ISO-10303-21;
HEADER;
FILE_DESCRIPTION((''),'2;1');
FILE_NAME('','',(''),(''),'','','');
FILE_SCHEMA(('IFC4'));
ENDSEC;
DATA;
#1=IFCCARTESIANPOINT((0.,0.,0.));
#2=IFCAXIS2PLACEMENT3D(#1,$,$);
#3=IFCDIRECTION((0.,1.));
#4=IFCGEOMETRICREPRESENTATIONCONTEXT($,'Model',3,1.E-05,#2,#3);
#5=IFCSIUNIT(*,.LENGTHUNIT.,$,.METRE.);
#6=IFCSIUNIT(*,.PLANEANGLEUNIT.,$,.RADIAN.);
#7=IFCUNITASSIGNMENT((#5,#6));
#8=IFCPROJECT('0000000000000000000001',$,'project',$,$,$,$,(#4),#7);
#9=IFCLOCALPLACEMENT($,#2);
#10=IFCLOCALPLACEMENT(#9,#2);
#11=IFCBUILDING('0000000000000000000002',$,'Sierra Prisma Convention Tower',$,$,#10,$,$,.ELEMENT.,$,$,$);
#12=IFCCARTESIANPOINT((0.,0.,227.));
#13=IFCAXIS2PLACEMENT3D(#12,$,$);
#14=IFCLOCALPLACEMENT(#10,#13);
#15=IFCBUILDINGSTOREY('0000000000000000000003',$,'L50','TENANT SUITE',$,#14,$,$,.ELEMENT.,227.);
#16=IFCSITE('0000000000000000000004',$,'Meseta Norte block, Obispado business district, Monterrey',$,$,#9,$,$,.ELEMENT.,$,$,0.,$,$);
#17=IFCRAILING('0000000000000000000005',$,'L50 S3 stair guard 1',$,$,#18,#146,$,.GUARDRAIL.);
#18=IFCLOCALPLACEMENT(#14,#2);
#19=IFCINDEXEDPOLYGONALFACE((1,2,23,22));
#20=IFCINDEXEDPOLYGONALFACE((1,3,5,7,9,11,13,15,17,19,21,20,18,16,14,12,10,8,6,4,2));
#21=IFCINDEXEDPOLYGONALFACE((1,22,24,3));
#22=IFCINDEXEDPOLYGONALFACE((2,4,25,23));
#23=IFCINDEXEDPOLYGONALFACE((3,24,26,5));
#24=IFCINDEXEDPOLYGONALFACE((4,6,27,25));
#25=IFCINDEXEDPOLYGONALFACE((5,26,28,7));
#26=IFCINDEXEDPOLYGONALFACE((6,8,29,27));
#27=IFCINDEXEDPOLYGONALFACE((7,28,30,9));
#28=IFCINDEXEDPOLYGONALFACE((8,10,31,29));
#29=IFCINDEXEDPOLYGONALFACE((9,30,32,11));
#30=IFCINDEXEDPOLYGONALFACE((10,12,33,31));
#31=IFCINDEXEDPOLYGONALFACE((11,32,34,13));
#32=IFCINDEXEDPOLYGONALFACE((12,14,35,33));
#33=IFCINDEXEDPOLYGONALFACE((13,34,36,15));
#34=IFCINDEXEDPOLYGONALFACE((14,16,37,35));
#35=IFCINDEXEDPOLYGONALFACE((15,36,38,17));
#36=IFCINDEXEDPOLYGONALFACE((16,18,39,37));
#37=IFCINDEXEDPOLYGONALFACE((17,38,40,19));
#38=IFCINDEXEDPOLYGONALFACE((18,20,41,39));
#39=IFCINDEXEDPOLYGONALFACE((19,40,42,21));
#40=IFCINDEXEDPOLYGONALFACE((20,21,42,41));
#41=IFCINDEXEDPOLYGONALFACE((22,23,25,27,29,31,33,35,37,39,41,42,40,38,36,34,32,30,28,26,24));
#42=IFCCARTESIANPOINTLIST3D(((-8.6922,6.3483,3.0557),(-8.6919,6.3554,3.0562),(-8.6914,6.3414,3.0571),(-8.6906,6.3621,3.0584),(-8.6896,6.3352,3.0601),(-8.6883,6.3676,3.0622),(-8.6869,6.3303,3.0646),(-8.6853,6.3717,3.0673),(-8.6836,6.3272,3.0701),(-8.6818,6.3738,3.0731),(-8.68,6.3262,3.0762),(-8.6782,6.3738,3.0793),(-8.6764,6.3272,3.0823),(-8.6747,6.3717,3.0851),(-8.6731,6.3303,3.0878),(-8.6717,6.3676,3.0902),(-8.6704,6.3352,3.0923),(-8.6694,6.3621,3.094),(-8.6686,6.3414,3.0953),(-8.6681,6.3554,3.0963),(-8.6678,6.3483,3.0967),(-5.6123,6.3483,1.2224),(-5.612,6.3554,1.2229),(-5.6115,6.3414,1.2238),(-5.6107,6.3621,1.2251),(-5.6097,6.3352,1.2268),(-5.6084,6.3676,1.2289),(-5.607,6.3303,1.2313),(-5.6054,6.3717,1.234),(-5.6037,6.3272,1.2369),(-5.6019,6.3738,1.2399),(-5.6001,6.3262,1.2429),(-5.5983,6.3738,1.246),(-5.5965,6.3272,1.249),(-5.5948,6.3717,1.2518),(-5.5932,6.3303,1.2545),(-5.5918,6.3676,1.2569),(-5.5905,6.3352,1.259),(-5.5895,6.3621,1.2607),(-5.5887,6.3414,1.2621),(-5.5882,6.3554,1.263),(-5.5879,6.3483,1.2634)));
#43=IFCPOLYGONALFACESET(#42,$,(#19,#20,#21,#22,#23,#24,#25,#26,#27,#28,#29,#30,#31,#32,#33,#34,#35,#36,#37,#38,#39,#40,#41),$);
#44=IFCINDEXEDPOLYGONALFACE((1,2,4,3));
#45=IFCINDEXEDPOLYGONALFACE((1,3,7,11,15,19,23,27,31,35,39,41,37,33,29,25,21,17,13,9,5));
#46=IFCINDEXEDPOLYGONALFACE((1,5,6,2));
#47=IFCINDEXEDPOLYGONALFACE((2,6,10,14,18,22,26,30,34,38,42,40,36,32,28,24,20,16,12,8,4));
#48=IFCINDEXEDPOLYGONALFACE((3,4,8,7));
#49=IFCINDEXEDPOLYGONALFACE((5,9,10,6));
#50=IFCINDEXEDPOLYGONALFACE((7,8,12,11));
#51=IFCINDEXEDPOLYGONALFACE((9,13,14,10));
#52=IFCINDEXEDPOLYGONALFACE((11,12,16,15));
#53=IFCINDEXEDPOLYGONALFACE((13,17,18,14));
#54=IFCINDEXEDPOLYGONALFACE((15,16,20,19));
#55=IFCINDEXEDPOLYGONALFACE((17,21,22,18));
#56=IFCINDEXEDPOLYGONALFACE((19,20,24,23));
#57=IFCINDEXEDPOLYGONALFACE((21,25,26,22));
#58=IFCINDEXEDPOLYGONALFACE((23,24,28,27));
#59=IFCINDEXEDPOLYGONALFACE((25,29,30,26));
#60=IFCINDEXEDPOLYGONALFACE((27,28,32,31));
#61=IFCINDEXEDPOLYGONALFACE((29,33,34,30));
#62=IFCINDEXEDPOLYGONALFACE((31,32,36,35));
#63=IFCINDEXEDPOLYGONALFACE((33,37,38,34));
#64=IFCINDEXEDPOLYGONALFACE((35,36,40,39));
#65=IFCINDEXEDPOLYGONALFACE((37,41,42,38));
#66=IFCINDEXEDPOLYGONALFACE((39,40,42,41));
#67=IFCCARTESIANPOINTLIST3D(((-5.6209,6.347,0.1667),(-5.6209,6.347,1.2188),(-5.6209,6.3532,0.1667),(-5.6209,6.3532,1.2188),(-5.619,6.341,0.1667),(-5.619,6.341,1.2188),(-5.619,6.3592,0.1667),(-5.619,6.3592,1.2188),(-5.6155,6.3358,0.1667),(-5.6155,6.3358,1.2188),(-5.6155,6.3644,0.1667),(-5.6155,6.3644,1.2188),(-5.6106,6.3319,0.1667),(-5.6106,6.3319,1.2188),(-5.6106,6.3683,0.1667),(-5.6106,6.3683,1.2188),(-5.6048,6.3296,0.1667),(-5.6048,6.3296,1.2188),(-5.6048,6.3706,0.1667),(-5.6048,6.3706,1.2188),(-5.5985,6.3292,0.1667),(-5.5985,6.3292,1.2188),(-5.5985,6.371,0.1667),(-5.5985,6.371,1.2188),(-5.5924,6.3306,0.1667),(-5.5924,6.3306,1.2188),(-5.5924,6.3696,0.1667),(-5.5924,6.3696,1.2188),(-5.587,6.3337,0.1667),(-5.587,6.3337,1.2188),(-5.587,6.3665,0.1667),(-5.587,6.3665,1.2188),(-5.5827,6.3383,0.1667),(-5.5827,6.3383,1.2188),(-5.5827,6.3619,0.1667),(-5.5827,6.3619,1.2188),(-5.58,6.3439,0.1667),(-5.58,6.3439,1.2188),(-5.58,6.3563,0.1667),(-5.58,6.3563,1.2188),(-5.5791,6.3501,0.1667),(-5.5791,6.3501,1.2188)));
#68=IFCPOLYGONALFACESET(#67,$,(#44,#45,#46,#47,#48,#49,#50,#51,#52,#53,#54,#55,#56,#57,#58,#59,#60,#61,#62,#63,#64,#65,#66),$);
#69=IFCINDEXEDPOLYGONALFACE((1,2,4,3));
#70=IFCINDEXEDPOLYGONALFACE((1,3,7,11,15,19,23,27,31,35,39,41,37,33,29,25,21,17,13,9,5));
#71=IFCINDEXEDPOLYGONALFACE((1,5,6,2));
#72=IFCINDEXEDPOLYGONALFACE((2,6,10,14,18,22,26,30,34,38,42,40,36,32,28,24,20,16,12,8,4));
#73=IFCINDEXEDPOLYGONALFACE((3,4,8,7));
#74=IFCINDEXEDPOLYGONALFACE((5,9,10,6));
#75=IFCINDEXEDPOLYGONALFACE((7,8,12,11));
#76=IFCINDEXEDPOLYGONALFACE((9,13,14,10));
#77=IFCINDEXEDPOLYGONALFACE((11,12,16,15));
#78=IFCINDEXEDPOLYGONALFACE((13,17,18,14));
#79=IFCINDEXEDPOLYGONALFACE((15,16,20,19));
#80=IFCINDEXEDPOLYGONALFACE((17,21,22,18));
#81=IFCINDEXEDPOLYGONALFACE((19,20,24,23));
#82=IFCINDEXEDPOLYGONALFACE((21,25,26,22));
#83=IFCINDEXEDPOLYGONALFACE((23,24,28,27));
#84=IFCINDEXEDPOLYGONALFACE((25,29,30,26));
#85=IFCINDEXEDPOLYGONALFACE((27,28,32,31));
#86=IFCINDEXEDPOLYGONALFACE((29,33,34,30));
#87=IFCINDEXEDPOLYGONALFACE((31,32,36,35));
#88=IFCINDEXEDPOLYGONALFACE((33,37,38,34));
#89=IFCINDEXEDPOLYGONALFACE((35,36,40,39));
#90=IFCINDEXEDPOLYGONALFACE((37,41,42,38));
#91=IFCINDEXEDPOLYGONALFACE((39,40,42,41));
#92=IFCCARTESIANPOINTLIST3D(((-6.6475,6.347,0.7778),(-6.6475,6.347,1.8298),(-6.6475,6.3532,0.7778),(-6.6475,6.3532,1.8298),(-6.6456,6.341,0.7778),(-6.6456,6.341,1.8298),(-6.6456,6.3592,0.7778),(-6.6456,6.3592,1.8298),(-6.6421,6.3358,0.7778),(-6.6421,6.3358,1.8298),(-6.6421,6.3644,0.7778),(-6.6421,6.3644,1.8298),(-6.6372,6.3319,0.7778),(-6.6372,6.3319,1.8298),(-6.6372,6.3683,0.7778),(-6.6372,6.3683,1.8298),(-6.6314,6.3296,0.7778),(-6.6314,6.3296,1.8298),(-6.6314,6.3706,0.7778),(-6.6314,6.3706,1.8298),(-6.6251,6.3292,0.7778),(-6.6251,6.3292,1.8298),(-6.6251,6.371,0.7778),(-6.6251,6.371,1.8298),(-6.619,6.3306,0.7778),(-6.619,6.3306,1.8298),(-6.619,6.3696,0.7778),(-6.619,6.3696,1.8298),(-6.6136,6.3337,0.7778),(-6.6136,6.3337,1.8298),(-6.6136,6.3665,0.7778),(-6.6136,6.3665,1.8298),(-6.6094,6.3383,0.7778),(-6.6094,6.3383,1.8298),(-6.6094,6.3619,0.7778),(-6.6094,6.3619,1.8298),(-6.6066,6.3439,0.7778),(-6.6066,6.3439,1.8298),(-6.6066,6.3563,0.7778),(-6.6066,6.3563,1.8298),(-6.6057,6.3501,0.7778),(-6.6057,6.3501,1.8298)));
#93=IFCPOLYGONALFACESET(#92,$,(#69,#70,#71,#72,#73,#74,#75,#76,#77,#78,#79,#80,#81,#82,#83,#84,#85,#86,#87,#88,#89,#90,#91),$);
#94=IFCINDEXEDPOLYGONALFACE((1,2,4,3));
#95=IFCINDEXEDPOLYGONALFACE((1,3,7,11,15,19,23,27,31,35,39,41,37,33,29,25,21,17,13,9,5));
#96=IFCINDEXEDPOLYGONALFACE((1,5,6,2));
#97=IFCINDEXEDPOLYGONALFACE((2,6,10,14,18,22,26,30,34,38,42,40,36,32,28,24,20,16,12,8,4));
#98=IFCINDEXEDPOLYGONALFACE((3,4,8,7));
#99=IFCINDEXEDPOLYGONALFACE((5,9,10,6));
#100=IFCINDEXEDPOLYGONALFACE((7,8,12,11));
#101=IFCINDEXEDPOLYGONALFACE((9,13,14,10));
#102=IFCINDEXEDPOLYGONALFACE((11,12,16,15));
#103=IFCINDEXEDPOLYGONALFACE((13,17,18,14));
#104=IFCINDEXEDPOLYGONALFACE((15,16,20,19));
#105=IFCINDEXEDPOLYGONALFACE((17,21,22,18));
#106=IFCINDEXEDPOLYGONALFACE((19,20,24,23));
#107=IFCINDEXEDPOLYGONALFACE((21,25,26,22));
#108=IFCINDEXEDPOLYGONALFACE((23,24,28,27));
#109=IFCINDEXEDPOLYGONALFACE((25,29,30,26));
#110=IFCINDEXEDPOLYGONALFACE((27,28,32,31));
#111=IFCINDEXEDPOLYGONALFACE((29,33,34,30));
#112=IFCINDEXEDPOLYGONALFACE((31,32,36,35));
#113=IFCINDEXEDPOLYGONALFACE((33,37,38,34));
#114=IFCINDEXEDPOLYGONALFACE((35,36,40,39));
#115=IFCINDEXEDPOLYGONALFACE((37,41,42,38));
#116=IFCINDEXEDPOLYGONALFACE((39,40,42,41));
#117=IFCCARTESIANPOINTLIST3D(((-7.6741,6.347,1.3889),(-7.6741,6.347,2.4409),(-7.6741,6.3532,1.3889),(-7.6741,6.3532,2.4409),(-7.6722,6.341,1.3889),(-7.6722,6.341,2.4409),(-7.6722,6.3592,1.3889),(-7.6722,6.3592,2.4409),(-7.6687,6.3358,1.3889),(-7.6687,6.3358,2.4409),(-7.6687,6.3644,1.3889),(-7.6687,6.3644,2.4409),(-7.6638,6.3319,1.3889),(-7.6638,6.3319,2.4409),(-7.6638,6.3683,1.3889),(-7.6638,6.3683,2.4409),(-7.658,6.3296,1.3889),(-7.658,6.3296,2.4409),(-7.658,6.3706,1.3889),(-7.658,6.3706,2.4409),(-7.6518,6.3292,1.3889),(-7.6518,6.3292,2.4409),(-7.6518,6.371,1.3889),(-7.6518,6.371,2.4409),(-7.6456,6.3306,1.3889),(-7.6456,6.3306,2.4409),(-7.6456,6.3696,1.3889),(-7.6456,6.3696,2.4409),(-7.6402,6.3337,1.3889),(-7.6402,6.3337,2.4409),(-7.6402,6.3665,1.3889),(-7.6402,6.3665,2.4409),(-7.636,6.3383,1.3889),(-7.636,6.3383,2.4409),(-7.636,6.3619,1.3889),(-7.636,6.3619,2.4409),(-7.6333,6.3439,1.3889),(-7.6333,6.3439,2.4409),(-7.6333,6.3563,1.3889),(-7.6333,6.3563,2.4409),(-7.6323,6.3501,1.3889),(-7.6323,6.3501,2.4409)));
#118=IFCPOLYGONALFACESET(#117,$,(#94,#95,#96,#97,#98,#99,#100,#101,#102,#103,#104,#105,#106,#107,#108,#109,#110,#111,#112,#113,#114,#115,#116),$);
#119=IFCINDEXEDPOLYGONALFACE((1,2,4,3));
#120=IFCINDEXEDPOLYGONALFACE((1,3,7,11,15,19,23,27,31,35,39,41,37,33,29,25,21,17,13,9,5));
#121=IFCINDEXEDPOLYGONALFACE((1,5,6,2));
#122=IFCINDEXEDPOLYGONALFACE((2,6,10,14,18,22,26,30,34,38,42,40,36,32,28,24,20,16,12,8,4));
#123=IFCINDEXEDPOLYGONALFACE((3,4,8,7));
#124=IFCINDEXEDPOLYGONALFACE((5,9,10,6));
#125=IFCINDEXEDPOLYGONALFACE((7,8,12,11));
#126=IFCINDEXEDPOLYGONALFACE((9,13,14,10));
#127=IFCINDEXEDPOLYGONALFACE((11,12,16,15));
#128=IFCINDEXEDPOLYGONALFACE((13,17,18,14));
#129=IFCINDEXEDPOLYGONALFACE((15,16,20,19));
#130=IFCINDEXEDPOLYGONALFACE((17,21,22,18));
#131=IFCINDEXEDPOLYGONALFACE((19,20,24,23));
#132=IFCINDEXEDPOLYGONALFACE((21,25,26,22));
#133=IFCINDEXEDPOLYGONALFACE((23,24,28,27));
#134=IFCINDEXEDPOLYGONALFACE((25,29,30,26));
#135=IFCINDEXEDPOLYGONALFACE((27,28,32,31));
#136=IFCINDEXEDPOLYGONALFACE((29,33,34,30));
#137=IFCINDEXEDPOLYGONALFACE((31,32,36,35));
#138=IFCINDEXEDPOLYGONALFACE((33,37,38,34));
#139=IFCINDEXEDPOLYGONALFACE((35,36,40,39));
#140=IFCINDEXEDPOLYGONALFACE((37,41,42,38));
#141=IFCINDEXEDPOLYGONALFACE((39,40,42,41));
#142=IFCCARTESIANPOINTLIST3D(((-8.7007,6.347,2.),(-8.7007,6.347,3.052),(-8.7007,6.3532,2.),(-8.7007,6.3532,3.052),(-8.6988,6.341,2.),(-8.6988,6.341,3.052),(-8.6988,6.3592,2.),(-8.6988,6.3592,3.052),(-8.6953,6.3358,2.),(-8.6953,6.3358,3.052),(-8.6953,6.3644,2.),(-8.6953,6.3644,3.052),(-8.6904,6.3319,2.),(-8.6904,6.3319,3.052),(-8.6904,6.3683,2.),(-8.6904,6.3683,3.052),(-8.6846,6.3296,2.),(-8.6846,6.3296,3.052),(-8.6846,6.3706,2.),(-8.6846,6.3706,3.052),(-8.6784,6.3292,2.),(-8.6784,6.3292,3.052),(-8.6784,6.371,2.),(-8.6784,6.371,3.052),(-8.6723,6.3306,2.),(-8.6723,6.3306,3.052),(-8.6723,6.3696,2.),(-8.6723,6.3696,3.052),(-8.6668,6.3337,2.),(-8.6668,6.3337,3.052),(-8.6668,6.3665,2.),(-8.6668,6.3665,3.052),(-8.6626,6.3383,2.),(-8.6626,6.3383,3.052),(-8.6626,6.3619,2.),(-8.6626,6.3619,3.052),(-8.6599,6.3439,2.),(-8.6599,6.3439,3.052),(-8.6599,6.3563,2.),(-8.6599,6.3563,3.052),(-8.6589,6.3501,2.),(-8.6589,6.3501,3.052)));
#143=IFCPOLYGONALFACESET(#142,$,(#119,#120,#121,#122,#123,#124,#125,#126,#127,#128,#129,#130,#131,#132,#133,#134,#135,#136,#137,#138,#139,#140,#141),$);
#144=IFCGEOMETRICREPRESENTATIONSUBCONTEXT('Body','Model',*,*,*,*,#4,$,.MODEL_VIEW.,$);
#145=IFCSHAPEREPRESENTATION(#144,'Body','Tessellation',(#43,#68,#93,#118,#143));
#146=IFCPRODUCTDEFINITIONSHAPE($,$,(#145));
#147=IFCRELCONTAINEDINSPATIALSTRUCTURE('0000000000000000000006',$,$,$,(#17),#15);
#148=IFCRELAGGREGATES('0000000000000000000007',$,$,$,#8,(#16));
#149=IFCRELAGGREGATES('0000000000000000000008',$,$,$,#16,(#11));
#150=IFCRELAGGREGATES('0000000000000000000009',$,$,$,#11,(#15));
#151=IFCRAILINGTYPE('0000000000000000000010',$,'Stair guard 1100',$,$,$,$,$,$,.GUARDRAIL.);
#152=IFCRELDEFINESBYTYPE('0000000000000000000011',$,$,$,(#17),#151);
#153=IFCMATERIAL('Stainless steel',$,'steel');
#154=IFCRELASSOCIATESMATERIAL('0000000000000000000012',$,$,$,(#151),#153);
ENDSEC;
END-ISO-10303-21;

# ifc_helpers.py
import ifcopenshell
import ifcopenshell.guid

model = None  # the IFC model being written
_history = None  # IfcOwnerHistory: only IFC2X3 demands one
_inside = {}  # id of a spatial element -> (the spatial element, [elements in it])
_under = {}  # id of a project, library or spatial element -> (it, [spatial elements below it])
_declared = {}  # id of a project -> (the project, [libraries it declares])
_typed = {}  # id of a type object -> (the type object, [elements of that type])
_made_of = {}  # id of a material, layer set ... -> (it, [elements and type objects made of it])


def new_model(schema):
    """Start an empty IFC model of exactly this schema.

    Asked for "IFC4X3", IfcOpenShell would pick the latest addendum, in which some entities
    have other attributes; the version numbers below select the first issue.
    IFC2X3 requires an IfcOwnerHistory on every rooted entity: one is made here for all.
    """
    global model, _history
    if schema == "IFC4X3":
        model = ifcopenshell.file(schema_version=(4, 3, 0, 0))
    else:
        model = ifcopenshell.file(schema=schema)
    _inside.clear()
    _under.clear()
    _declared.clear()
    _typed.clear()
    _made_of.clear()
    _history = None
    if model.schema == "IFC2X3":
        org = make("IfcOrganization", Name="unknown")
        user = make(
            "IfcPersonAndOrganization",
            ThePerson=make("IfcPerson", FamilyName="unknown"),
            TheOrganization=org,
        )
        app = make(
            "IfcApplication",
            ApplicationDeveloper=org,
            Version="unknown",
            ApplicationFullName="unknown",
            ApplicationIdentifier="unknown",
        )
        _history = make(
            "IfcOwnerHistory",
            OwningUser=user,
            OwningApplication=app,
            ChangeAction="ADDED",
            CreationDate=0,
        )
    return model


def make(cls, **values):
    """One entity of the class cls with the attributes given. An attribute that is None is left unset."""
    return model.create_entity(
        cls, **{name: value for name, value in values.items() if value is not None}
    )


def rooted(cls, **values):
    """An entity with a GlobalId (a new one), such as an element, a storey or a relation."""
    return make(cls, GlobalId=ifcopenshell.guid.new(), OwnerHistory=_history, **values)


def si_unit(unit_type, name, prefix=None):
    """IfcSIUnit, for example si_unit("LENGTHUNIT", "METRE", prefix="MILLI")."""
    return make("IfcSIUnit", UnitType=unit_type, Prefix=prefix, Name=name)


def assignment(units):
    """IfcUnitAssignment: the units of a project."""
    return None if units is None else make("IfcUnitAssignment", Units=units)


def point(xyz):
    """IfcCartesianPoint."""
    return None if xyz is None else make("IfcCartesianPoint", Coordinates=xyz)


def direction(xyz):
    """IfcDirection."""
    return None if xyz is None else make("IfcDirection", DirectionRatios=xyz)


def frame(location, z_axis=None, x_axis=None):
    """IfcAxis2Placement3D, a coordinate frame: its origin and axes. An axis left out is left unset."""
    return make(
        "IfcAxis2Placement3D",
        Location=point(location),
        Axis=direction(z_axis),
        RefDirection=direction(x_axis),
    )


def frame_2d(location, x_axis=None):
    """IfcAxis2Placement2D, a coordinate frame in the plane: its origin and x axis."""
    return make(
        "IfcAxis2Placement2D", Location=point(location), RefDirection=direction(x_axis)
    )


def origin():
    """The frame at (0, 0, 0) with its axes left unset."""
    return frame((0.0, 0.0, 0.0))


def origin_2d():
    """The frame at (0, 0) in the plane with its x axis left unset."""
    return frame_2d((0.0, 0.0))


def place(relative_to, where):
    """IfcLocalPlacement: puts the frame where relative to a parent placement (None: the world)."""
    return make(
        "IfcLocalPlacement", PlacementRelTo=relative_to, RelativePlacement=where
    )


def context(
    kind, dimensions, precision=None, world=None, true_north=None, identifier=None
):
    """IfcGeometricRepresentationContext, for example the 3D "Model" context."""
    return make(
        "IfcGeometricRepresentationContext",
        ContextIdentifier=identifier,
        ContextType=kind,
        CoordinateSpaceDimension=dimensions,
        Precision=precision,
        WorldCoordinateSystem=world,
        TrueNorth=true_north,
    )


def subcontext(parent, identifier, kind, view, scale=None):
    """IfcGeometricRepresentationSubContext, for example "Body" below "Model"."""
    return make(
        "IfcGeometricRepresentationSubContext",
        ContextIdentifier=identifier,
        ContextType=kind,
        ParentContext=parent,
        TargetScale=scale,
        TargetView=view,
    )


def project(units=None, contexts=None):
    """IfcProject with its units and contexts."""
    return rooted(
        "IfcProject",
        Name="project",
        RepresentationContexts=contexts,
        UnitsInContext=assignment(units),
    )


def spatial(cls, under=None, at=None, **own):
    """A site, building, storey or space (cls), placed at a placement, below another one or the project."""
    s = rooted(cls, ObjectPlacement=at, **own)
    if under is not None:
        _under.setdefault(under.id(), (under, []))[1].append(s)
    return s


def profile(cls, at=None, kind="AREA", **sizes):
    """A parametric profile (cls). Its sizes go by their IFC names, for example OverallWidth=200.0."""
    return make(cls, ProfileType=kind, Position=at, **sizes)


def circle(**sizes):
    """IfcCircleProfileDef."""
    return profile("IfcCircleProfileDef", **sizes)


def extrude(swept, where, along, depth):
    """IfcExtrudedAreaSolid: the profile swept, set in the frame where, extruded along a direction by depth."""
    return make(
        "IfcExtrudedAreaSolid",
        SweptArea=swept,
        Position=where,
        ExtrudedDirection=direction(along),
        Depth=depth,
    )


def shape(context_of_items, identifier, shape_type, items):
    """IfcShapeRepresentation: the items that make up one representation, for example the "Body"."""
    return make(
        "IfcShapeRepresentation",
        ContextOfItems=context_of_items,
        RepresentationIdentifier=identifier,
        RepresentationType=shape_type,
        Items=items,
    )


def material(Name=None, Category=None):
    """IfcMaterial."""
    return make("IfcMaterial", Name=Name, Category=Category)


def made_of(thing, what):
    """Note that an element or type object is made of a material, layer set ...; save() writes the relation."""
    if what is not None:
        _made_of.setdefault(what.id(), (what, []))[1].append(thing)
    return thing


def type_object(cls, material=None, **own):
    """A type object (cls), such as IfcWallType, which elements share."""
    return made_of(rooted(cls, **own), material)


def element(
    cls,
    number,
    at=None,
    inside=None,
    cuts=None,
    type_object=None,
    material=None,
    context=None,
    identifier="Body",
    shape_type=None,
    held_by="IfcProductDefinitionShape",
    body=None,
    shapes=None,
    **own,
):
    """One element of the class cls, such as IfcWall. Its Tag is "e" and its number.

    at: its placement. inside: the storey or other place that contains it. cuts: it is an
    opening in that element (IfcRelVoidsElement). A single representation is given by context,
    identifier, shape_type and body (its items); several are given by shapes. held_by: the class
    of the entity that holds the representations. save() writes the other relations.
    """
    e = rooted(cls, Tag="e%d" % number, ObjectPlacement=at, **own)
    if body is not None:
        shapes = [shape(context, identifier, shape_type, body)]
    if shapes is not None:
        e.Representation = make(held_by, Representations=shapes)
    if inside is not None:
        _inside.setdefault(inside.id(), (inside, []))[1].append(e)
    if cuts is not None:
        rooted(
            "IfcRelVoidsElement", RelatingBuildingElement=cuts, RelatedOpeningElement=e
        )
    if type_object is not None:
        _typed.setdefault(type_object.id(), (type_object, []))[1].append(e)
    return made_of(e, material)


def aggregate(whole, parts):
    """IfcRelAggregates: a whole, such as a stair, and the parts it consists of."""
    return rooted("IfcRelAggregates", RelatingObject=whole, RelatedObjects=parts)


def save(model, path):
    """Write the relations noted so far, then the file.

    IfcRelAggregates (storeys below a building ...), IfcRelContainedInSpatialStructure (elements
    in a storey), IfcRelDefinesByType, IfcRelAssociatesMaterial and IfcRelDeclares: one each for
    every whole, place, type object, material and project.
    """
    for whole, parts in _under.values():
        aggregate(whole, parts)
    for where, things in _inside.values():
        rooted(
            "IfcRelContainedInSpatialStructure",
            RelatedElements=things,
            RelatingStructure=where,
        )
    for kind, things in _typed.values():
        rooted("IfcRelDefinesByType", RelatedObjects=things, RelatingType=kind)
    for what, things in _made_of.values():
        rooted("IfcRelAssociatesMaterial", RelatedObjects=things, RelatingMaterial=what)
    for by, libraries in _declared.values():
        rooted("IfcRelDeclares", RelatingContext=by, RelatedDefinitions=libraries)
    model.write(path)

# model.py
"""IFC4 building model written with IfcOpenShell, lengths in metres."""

from ifc_helpers import new_model, si_unit, direction, frame, origin, origin_2d, place, context, subcontext, project, spatial, circle, extrude, material, type_object, element, save


model = new_model("IFC4")

# Units and contexts
model_context = context("Model", 3, precision=1e-05, world=origin(), true_north=direction((0.0, 1.0)))
body_context = subcontext(model_context, "Body", "Model", "MODEL_VIEW")
ifc_project = project(units=[si_unit("LENGTHUNIT", "METRE"), si_unit("PLANEANGLEUNIT", "RADIAN")], contexts=[model_context])

# Site, building, storey
site_placement = place(None, origin())
site = spatial("IfcSite", under=ifc_project, at=site_placement, Name="Meseta Norte block, Obispado business district, Monterrey", CompositionType="ELEMENT", RefElevation=0.0)
building_placement = place(site_placement, origin())
building = spatial("IfcBuilding", under=site, at=building_placement, Name="Sierra Prisma Convention Tower", CompositionType="ELEMENT")
storey_placement = place(building_placement, frame((0.0, 0.0, 227.0)))
storey = spatial("IfcBuildingStorey", under=building, at=storey_placement, Name="L50", Description="TENANT SUITE", CompositionType="ELEMENT", Elevation=227.0)

# Railing
ifc_material_1 = material(Name="Stainless steel", Category="steel")
railing_type_1 = type_object("IfcRailingType", Name="Stair guard 1100", PredefinedType="GUARDRAIL", material=ifc_material_1)
railing_1_placement = place(storey_placement, frame((-5.6001, 6.3501, 0.1667)))
element("IfcRailing", 1, at=railing_1_placement, inside=storey, type_object=railing_type_1, Name="L50 S3 stair guard 1", PredefinedType="GUARDRAIL", context=body_context, shape_type="SweptSolid", body=[
    extrude(circle(Radius=0.0239, at=origin_2d()), frame((0.0, 0.0, 1.0762), z_axis=(-0.859291, 0.0, 0.511487), x_axis=(0.0, -1.0, 0.0)), (0.0, 0.0, 1.0), 3.5842),
    extrude(circle(Radius=0.021, at=origin_2d()), origin(), (0.0, 0.0, 1.0), 1.052),
    extrude(circle(Radius=0.021, at=origin_2d()), frame((-1.0266, 0.0, 0.6111)), (0.0, 0.0, 1.0), 1.052),
    extrude(circle(Radius=0.021, at=origin_2d()), frame((-2.0532, 0.0, 1.2222)), (0.0, 0.0, 1.0), 1.052),
    extrude(circle(Radius=0.021, at=origin_2d()), frame((-3.0798, 0.0, 1.8333)), (0.0, 0.0, 1.0), 1.052),
])

save(model, "model.ifc")
